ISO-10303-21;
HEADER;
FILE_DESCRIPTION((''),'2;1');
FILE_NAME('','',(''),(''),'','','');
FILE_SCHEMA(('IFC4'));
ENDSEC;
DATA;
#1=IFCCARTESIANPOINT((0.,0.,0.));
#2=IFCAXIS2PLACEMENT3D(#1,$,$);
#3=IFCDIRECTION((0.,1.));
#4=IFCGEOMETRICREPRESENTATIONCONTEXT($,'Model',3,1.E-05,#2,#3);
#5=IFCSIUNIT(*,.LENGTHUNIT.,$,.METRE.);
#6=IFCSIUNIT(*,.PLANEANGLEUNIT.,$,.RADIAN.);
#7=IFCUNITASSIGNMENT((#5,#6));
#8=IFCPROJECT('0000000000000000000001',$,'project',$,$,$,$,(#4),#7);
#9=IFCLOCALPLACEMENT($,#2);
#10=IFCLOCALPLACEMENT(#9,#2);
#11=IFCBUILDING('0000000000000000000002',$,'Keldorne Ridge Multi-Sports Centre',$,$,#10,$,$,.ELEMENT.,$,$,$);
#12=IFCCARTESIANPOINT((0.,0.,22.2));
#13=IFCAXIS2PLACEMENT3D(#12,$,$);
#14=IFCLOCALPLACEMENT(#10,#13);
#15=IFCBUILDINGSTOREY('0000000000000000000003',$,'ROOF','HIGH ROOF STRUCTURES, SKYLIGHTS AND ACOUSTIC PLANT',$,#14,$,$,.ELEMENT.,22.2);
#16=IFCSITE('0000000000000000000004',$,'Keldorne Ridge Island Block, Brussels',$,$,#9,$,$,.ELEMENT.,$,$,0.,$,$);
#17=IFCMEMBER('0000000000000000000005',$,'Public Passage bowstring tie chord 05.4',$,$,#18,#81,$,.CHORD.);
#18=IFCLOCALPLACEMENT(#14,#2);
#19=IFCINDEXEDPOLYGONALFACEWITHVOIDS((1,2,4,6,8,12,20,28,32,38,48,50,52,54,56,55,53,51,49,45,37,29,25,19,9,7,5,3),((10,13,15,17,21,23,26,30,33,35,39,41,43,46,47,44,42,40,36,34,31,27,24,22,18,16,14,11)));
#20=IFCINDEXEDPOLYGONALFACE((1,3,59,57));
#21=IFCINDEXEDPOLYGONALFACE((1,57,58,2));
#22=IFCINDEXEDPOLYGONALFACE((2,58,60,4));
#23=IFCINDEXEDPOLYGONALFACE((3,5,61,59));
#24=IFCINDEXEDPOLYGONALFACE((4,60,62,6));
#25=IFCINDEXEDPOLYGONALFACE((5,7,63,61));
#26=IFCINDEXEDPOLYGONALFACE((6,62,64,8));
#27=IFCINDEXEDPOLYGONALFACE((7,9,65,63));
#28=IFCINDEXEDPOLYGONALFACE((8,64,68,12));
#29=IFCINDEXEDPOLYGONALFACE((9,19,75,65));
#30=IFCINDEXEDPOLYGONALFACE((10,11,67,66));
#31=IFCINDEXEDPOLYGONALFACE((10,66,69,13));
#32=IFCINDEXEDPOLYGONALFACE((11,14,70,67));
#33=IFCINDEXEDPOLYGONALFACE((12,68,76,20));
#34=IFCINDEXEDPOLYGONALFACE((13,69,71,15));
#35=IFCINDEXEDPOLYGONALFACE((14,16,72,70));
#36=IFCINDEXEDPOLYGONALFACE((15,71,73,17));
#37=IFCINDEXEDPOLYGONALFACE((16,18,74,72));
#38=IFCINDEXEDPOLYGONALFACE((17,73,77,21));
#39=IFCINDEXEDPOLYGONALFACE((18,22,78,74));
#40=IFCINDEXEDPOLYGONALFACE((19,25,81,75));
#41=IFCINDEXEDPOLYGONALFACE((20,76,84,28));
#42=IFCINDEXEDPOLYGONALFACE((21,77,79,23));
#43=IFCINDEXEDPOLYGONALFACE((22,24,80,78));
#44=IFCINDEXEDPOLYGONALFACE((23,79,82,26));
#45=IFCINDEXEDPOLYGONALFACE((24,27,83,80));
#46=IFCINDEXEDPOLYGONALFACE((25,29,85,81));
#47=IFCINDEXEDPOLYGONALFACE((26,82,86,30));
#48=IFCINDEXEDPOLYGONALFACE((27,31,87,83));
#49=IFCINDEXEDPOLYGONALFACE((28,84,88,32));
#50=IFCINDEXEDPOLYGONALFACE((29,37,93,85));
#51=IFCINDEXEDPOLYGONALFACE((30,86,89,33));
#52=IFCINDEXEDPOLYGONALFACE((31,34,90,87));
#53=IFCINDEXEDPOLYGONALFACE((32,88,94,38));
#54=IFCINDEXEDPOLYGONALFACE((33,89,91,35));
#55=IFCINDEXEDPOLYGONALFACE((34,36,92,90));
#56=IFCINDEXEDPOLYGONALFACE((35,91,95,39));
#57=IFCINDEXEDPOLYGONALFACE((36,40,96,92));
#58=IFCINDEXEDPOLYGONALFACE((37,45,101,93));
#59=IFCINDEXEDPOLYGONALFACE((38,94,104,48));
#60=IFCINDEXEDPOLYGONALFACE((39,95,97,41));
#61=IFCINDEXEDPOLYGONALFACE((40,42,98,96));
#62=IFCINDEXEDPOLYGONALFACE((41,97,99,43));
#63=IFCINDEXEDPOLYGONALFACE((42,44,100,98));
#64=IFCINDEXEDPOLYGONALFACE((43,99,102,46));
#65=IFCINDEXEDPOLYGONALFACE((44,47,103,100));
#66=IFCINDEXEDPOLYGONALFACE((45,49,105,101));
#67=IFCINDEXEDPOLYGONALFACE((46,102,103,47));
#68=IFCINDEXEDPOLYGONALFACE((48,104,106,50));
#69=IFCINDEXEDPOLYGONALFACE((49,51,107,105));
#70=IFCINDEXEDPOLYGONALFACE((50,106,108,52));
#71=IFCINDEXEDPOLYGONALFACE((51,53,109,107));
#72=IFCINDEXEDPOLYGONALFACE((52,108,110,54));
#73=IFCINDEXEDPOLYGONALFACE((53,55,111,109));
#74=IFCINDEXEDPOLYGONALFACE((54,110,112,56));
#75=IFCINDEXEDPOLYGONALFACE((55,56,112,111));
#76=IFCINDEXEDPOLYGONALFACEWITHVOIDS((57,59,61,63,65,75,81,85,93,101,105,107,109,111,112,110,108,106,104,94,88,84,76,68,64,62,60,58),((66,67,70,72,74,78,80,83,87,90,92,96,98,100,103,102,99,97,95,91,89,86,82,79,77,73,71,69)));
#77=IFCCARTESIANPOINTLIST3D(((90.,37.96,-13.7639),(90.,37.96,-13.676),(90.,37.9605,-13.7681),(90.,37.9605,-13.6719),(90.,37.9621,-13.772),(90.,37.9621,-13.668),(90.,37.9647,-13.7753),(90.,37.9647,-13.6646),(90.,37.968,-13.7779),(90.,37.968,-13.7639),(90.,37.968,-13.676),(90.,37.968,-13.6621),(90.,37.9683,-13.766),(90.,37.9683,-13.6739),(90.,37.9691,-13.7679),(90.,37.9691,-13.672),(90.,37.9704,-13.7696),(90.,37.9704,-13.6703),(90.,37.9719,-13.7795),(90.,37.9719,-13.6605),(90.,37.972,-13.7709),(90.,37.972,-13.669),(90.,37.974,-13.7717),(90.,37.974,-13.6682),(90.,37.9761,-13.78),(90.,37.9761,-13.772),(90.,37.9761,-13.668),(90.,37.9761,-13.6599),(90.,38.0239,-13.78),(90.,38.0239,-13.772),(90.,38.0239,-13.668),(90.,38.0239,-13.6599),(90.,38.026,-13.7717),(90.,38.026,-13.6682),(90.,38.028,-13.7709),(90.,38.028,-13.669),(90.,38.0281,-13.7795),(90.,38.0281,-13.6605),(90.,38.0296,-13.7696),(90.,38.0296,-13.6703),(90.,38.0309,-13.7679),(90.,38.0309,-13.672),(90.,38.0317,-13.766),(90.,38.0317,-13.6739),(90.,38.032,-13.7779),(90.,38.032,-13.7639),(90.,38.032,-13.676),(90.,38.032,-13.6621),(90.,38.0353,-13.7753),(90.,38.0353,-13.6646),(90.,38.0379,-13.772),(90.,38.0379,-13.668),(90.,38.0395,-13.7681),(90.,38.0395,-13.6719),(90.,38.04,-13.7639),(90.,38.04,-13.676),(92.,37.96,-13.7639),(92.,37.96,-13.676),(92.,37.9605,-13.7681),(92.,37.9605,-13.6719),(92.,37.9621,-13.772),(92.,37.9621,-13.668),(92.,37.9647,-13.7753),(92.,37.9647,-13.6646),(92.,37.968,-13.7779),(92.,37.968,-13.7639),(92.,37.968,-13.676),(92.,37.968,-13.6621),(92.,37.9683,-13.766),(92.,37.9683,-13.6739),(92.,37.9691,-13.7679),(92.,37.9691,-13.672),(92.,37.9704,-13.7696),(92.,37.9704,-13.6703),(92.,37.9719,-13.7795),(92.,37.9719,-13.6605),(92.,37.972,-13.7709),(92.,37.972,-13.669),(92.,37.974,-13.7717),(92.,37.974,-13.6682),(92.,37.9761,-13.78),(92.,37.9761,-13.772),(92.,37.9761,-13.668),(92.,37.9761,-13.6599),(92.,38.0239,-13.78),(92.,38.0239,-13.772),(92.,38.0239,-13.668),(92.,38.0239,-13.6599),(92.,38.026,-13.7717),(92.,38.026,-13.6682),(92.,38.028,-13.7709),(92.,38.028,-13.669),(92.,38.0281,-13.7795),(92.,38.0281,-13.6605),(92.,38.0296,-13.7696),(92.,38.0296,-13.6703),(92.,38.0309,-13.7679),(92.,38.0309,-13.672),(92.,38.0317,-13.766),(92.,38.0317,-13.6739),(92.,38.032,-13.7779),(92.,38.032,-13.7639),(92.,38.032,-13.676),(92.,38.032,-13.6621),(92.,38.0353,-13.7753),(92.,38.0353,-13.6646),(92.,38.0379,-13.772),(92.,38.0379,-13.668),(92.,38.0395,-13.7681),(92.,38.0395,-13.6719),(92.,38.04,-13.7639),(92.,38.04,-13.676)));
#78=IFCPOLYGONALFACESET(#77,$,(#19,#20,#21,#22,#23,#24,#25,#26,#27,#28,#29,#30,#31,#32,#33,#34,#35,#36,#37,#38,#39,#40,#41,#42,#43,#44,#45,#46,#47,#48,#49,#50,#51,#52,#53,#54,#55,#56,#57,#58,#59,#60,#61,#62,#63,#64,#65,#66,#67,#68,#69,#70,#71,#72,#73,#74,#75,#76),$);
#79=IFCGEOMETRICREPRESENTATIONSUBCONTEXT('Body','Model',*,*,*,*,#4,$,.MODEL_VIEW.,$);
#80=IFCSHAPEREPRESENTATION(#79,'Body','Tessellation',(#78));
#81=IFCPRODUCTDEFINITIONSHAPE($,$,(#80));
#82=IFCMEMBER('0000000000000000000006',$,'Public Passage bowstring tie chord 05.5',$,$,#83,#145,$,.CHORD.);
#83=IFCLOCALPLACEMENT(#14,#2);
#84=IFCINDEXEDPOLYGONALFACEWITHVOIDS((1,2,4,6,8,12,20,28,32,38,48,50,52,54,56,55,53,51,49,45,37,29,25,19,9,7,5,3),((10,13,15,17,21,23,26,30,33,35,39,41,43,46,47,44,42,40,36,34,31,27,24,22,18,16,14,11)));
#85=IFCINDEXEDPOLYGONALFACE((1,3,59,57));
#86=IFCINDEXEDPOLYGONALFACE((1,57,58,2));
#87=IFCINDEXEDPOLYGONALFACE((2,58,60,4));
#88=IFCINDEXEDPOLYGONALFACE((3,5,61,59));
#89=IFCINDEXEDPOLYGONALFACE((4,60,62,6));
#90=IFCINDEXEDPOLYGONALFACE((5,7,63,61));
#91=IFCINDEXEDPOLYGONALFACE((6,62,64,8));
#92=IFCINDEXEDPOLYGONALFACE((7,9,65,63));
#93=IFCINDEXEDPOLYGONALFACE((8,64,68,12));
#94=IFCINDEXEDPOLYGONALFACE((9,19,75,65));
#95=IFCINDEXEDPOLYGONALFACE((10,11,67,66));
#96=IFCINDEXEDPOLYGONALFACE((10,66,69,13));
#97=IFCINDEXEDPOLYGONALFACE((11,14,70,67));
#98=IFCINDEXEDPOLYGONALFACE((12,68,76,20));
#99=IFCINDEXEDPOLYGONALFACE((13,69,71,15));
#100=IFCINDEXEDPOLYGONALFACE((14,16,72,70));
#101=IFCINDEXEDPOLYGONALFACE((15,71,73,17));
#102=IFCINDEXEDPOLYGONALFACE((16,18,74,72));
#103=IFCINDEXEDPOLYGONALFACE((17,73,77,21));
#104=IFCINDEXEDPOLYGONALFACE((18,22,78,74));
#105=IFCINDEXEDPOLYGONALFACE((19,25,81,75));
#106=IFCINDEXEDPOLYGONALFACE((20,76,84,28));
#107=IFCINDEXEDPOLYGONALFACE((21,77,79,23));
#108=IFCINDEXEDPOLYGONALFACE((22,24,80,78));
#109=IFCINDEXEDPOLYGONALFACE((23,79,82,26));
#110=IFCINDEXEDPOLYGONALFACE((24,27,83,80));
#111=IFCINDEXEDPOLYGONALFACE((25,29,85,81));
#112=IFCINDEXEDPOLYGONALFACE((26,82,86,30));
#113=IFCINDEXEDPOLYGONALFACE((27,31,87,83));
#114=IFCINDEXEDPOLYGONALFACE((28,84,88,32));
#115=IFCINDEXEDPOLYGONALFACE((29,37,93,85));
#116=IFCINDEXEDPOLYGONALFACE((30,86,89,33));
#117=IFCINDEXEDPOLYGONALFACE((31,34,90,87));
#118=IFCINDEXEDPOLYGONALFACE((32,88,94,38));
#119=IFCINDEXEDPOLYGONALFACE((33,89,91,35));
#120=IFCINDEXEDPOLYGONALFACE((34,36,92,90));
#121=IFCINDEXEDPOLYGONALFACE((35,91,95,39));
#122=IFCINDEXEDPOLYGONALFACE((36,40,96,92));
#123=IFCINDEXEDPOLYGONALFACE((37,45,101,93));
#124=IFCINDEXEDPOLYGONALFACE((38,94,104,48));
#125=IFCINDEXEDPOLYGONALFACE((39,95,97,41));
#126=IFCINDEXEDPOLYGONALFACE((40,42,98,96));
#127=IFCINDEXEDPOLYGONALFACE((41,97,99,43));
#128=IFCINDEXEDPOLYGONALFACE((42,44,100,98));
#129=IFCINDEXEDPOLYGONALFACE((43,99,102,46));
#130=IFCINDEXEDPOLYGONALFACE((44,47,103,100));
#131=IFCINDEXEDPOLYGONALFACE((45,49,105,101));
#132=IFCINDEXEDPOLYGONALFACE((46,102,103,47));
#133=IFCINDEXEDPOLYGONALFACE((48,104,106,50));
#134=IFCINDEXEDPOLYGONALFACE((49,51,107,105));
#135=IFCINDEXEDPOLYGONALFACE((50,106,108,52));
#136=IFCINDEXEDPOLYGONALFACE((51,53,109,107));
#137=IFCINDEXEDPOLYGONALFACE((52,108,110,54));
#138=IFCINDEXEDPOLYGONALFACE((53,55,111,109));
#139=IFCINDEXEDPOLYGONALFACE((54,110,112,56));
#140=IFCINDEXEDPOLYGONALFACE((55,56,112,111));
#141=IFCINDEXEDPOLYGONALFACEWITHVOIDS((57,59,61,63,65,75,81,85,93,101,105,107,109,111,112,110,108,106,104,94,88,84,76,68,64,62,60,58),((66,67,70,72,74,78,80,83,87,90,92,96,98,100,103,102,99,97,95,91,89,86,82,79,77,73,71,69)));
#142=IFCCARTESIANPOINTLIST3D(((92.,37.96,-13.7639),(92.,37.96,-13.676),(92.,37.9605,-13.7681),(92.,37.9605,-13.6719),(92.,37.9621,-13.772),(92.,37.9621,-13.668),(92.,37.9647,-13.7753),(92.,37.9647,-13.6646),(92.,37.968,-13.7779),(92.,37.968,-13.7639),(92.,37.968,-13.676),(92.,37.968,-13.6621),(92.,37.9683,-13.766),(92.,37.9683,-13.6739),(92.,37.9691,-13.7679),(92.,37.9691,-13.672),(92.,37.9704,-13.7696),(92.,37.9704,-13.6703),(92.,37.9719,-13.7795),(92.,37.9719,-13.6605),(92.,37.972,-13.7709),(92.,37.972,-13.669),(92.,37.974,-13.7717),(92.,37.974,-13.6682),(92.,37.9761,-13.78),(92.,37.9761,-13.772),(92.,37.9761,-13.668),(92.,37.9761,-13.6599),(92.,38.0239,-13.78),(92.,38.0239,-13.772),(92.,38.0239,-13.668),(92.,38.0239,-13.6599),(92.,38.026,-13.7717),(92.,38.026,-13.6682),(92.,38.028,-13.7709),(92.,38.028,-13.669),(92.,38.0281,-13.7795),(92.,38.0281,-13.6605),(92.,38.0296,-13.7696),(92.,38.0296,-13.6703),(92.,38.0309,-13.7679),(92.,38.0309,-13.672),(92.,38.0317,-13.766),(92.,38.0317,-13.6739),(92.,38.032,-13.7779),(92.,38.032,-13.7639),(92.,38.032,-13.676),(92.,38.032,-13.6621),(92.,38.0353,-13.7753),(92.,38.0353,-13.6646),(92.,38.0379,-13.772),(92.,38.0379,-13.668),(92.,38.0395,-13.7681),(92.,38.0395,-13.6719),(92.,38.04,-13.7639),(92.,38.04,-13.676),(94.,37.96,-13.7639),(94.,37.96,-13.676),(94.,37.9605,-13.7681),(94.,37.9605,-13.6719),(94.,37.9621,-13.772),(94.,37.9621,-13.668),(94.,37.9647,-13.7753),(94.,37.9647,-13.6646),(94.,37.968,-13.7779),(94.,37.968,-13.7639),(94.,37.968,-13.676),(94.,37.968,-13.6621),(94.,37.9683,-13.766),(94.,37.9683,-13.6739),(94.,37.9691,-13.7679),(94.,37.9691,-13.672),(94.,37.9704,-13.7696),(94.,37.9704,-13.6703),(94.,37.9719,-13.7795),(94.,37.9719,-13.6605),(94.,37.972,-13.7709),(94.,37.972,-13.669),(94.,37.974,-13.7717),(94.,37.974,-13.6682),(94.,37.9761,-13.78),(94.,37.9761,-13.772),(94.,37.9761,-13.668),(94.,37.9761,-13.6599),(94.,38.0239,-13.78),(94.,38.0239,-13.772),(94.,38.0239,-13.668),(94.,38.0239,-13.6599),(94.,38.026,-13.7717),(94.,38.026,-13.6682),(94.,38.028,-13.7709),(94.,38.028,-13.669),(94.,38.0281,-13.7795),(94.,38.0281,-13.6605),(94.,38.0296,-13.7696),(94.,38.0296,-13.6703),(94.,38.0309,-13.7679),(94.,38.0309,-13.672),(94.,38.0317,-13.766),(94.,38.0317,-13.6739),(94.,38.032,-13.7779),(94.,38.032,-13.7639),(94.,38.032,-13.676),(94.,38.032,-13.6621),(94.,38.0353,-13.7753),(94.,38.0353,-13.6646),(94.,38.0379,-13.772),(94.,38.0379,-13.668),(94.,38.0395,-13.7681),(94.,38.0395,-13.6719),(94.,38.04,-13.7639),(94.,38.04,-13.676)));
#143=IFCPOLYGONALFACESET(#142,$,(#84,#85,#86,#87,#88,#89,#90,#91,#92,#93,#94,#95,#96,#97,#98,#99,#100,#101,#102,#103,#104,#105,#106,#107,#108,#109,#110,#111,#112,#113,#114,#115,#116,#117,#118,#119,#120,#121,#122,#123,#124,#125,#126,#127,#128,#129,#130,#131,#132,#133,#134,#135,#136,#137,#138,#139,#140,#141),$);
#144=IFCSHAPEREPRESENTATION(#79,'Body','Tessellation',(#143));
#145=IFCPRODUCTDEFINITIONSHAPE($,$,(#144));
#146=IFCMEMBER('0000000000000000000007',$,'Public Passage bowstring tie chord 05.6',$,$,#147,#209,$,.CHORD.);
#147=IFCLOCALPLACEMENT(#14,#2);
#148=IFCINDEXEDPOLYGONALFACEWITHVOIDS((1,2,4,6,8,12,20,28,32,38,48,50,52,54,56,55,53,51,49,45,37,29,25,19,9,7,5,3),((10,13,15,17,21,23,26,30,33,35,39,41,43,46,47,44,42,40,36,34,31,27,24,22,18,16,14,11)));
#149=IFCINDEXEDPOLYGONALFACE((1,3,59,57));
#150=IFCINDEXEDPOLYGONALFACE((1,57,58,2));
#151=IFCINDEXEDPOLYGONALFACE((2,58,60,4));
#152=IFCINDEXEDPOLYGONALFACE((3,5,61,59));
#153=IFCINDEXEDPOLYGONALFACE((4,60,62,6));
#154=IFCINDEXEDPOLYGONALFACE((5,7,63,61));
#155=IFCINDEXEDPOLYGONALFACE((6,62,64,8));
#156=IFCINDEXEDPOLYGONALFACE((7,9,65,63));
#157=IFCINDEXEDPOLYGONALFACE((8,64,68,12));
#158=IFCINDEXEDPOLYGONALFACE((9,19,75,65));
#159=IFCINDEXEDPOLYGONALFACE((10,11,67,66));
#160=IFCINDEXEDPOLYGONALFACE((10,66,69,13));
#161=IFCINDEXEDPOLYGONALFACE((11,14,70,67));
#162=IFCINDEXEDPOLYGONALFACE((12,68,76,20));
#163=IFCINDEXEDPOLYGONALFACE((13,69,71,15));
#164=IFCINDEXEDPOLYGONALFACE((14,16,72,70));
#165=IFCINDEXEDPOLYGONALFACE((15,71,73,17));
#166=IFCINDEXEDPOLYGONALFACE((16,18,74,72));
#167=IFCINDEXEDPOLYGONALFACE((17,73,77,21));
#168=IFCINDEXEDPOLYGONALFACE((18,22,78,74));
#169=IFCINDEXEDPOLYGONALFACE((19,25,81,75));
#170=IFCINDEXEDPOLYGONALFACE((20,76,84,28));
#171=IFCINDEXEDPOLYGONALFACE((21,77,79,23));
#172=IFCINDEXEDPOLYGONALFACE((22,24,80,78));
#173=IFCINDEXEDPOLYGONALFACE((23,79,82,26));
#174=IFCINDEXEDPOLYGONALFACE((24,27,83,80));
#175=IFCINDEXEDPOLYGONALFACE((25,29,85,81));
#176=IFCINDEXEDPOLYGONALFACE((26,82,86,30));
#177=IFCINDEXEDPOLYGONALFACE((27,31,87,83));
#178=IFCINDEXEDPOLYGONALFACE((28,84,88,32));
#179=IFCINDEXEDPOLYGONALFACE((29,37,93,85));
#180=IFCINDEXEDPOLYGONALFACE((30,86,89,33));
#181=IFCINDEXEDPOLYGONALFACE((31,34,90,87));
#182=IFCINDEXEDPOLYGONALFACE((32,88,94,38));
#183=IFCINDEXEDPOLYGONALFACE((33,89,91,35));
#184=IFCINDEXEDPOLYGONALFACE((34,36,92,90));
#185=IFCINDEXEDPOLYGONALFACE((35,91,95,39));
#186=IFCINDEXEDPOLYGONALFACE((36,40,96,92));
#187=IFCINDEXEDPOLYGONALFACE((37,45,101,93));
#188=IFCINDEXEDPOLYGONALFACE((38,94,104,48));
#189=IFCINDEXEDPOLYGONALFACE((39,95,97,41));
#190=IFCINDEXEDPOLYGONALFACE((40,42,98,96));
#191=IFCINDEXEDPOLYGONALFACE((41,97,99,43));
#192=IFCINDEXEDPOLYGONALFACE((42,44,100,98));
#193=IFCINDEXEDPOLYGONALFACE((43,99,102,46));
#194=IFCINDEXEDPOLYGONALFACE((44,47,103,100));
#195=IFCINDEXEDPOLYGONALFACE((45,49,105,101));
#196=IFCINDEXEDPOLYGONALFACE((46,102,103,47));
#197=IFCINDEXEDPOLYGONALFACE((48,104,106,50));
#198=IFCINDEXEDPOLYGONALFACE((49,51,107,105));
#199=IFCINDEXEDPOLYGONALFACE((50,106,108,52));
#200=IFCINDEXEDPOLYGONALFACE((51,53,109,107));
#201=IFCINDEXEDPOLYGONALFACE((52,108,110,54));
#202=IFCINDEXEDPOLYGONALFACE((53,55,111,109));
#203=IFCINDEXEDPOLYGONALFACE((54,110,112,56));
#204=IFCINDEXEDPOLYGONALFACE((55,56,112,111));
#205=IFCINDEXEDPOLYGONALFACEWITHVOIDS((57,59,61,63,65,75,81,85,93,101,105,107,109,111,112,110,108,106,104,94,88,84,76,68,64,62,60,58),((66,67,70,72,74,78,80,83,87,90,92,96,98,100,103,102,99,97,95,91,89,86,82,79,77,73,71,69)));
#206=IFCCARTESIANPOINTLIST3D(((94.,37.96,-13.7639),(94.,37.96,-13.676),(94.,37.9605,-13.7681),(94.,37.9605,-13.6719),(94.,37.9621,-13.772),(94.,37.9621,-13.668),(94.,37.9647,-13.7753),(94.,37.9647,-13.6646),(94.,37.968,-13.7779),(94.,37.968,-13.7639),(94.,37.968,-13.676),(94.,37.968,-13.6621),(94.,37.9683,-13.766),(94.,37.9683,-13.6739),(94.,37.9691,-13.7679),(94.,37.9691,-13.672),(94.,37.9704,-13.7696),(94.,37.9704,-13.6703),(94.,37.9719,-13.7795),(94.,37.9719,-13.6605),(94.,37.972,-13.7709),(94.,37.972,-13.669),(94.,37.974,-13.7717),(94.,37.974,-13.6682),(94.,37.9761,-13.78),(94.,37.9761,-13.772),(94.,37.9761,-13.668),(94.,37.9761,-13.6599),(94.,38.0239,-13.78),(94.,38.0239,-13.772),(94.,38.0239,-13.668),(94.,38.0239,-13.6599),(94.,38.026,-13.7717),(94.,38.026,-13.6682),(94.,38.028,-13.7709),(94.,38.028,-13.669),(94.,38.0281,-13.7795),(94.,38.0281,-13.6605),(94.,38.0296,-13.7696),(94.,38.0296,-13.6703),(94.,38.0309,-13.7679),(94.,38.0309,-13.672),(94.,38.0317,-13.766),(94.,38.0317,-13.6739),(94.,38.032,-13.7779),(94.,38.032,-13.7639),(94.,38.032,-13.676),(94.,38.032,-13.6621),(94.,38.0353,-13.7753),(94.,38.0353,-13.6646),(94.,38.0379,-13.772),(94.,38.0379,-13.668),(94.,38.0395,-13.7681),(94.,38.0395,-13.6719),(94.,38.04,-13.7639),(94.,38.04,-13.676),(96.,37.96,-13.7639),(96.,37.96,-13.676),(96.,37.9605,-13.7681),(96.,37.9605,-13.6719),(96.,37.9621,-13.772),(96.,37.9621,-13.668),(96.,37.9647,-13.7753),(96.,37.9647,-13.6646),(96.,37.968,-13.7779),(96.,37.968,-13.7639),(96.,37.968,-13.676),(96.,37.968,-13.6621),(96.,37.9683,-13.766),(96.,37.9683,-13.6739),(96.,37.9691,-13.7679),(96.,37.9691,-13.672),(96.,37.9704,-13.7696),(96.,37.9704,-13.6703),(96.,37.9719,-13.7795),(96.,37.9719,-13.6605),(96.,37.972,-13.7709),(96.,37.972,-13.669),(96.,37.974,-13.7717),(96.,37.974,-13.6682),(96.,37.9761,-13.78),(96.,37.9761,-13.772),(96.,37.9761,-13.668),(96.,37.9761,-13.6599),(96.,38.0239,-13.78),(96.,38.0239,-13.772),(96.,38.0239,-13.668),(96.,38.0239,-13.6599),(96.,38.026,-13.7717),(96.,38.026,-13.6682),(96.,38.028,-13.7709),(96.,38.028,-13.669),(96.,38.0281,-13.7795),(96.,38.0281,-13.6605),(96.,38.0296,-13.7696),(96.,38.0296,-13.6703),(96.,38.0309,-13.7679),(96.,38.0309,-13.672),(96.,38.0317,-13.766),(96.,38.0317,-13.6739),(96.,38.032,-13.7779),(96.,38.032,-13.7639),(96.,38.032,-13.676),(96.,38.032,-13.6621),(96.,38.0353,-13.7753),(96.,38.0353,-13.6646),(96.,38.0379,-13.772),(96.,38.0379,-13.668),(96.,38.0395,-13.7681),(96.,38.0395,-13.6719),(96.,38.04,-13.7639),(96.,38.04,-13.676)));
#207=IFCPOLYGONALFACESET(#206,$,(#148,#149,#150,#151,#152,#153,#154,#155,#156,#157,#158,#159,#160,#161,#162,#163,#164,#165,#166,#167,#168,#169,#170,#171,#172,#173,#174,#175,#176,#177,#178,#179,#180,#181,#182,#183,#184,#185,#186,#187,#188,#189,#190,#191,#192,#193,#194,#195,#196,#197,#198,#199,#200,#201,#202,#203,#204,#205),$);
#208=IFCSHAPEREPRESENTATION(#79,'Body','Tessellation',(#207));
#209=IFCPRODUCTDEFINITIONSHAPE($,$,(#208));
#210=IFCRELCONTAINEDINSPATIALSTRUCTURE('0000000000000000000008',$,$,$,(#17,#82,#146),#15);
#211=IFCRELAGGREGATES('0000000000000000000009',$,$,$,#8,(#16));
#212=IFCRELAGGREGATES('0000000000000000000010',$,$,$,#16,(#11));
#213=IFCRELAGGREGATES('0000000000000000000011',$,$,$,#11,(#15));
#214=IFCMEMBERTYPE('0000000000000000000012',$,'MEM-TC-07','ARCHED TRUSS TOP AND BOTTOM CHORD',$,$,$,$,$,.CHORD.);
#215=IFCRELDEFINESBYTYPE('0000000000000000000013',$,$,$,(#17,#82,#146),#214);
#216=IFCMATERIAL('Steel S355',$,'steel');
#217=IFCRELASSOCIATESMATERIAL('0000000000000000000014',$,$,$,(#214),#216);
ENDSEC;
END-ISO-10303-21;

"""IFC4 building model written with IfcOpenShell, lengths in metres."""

from ifc_helpers import new_model, si_unit, direction, frame, origin, origin_2d, place, context, subcontext, project, spatial, hollow_rectangle, extrude, material, material_profile, profile_set, type_object, element, save


model = new_model("IFC4")

# Units and contexts
model_context = context("Model", 3, precision=1e-05, world=origin(), true_north=direction((0.0, 1.0)))
body_context = subcontext(model_context, "Body", "Model", "MODEL_VIEW")
ifc_project = project(units=[si_unit("LENGTHUNIT", "METRE"), si_unit("PLANEANGLEUNIT", "RADIAN")], contexts=[model_context])

# Site, building, storey
site_placement = place(None, origin())
site = spatial("IfcSite", under=ifc_project, at=site_placement, Name="Keldorne Ridge Island Block, Brussels", CompositionType="ELEMENT", RefElevation=0.0)
building_placement = place(site_placement, origin())
building = spatial("IfcBuilding", under=site, at=building_placement, Name="Keldorne Ridge Multi-Sports Centre", CompositionType="ELEMENT")
storey_placement = place(building_placement, frame((0.0, 0.0, 22.2)))
storey = spatial("IfcBuildingStorey", under=building, at=storey_placement, Name="ROOF", Description="HIGH ROOF STRUCTURES, SKYLIGHTS AND ACOUSTIC PLANT", CompositionType="ELEMENT", Elevation=22.2)

# Members
ifc_material = material(Name="Steel S355", Category="steel")
ifc_material_profile_1 = material_profile(ifc_material, hollow_rectangle(XDim=0.0801, YDim=0.1201, WallThickness=0.0081, InnerFilletRadius=0.0081, OuterFilletRadius=0.0161, at=origin_2d()), Name="RHS 120x80x8")
ifc_profile_set_1 = profile_set([ifc_material_profile_1], Name="Steel S355")
member_type_1 = type_object("IfcMemberType", Name="MEM-TC-07", Description="ARCHED TRUSS TOP AND BOTTOM CHORD", PredefinedType="CHORD", material=ifc_profile_set_1)
for number, where, z_axis, x_axis, name in (
    (1, (90.0, 38.0, -13.72), (1.0, 0.0, 0.0), (0.0, 1.0, 0.0), "Public Passage bowstring tie chord 05.4"),
    (2, (92.0, 38.0, -13.72), (1.0, 0.0, 0.0), (0.0, 1.0, 0.0), "Public Passage bowstring tie chord 05.5"),
    (3, (94.0, 38.0, -13.72), (1.0, 0.0, 0.0), (0.0, 1.0, 0.0), "Public Passage bowstring tie chord 05.6"),
):
    element("IfcMember", number, at=place(storey_placement, frame(where, z_axis=z_axis, x_axis=x_axis)), inside=storey, type_object=member_type_1, Name=name, PredefinedType="CHORD", context=body_context, shape_type="SweptSolid", body=[
        extrude(hollow_rectangle(XDim=0.0801, YDim=0.1201, WallThickness=0.0081, InnerFilletRadius=0.0081, OuterFilletRadius=0.0161, at=origin_2d()), origin(), (0.0, 0.0, 1.0), 2.0),
    ])

save(model, "model.ifc")
